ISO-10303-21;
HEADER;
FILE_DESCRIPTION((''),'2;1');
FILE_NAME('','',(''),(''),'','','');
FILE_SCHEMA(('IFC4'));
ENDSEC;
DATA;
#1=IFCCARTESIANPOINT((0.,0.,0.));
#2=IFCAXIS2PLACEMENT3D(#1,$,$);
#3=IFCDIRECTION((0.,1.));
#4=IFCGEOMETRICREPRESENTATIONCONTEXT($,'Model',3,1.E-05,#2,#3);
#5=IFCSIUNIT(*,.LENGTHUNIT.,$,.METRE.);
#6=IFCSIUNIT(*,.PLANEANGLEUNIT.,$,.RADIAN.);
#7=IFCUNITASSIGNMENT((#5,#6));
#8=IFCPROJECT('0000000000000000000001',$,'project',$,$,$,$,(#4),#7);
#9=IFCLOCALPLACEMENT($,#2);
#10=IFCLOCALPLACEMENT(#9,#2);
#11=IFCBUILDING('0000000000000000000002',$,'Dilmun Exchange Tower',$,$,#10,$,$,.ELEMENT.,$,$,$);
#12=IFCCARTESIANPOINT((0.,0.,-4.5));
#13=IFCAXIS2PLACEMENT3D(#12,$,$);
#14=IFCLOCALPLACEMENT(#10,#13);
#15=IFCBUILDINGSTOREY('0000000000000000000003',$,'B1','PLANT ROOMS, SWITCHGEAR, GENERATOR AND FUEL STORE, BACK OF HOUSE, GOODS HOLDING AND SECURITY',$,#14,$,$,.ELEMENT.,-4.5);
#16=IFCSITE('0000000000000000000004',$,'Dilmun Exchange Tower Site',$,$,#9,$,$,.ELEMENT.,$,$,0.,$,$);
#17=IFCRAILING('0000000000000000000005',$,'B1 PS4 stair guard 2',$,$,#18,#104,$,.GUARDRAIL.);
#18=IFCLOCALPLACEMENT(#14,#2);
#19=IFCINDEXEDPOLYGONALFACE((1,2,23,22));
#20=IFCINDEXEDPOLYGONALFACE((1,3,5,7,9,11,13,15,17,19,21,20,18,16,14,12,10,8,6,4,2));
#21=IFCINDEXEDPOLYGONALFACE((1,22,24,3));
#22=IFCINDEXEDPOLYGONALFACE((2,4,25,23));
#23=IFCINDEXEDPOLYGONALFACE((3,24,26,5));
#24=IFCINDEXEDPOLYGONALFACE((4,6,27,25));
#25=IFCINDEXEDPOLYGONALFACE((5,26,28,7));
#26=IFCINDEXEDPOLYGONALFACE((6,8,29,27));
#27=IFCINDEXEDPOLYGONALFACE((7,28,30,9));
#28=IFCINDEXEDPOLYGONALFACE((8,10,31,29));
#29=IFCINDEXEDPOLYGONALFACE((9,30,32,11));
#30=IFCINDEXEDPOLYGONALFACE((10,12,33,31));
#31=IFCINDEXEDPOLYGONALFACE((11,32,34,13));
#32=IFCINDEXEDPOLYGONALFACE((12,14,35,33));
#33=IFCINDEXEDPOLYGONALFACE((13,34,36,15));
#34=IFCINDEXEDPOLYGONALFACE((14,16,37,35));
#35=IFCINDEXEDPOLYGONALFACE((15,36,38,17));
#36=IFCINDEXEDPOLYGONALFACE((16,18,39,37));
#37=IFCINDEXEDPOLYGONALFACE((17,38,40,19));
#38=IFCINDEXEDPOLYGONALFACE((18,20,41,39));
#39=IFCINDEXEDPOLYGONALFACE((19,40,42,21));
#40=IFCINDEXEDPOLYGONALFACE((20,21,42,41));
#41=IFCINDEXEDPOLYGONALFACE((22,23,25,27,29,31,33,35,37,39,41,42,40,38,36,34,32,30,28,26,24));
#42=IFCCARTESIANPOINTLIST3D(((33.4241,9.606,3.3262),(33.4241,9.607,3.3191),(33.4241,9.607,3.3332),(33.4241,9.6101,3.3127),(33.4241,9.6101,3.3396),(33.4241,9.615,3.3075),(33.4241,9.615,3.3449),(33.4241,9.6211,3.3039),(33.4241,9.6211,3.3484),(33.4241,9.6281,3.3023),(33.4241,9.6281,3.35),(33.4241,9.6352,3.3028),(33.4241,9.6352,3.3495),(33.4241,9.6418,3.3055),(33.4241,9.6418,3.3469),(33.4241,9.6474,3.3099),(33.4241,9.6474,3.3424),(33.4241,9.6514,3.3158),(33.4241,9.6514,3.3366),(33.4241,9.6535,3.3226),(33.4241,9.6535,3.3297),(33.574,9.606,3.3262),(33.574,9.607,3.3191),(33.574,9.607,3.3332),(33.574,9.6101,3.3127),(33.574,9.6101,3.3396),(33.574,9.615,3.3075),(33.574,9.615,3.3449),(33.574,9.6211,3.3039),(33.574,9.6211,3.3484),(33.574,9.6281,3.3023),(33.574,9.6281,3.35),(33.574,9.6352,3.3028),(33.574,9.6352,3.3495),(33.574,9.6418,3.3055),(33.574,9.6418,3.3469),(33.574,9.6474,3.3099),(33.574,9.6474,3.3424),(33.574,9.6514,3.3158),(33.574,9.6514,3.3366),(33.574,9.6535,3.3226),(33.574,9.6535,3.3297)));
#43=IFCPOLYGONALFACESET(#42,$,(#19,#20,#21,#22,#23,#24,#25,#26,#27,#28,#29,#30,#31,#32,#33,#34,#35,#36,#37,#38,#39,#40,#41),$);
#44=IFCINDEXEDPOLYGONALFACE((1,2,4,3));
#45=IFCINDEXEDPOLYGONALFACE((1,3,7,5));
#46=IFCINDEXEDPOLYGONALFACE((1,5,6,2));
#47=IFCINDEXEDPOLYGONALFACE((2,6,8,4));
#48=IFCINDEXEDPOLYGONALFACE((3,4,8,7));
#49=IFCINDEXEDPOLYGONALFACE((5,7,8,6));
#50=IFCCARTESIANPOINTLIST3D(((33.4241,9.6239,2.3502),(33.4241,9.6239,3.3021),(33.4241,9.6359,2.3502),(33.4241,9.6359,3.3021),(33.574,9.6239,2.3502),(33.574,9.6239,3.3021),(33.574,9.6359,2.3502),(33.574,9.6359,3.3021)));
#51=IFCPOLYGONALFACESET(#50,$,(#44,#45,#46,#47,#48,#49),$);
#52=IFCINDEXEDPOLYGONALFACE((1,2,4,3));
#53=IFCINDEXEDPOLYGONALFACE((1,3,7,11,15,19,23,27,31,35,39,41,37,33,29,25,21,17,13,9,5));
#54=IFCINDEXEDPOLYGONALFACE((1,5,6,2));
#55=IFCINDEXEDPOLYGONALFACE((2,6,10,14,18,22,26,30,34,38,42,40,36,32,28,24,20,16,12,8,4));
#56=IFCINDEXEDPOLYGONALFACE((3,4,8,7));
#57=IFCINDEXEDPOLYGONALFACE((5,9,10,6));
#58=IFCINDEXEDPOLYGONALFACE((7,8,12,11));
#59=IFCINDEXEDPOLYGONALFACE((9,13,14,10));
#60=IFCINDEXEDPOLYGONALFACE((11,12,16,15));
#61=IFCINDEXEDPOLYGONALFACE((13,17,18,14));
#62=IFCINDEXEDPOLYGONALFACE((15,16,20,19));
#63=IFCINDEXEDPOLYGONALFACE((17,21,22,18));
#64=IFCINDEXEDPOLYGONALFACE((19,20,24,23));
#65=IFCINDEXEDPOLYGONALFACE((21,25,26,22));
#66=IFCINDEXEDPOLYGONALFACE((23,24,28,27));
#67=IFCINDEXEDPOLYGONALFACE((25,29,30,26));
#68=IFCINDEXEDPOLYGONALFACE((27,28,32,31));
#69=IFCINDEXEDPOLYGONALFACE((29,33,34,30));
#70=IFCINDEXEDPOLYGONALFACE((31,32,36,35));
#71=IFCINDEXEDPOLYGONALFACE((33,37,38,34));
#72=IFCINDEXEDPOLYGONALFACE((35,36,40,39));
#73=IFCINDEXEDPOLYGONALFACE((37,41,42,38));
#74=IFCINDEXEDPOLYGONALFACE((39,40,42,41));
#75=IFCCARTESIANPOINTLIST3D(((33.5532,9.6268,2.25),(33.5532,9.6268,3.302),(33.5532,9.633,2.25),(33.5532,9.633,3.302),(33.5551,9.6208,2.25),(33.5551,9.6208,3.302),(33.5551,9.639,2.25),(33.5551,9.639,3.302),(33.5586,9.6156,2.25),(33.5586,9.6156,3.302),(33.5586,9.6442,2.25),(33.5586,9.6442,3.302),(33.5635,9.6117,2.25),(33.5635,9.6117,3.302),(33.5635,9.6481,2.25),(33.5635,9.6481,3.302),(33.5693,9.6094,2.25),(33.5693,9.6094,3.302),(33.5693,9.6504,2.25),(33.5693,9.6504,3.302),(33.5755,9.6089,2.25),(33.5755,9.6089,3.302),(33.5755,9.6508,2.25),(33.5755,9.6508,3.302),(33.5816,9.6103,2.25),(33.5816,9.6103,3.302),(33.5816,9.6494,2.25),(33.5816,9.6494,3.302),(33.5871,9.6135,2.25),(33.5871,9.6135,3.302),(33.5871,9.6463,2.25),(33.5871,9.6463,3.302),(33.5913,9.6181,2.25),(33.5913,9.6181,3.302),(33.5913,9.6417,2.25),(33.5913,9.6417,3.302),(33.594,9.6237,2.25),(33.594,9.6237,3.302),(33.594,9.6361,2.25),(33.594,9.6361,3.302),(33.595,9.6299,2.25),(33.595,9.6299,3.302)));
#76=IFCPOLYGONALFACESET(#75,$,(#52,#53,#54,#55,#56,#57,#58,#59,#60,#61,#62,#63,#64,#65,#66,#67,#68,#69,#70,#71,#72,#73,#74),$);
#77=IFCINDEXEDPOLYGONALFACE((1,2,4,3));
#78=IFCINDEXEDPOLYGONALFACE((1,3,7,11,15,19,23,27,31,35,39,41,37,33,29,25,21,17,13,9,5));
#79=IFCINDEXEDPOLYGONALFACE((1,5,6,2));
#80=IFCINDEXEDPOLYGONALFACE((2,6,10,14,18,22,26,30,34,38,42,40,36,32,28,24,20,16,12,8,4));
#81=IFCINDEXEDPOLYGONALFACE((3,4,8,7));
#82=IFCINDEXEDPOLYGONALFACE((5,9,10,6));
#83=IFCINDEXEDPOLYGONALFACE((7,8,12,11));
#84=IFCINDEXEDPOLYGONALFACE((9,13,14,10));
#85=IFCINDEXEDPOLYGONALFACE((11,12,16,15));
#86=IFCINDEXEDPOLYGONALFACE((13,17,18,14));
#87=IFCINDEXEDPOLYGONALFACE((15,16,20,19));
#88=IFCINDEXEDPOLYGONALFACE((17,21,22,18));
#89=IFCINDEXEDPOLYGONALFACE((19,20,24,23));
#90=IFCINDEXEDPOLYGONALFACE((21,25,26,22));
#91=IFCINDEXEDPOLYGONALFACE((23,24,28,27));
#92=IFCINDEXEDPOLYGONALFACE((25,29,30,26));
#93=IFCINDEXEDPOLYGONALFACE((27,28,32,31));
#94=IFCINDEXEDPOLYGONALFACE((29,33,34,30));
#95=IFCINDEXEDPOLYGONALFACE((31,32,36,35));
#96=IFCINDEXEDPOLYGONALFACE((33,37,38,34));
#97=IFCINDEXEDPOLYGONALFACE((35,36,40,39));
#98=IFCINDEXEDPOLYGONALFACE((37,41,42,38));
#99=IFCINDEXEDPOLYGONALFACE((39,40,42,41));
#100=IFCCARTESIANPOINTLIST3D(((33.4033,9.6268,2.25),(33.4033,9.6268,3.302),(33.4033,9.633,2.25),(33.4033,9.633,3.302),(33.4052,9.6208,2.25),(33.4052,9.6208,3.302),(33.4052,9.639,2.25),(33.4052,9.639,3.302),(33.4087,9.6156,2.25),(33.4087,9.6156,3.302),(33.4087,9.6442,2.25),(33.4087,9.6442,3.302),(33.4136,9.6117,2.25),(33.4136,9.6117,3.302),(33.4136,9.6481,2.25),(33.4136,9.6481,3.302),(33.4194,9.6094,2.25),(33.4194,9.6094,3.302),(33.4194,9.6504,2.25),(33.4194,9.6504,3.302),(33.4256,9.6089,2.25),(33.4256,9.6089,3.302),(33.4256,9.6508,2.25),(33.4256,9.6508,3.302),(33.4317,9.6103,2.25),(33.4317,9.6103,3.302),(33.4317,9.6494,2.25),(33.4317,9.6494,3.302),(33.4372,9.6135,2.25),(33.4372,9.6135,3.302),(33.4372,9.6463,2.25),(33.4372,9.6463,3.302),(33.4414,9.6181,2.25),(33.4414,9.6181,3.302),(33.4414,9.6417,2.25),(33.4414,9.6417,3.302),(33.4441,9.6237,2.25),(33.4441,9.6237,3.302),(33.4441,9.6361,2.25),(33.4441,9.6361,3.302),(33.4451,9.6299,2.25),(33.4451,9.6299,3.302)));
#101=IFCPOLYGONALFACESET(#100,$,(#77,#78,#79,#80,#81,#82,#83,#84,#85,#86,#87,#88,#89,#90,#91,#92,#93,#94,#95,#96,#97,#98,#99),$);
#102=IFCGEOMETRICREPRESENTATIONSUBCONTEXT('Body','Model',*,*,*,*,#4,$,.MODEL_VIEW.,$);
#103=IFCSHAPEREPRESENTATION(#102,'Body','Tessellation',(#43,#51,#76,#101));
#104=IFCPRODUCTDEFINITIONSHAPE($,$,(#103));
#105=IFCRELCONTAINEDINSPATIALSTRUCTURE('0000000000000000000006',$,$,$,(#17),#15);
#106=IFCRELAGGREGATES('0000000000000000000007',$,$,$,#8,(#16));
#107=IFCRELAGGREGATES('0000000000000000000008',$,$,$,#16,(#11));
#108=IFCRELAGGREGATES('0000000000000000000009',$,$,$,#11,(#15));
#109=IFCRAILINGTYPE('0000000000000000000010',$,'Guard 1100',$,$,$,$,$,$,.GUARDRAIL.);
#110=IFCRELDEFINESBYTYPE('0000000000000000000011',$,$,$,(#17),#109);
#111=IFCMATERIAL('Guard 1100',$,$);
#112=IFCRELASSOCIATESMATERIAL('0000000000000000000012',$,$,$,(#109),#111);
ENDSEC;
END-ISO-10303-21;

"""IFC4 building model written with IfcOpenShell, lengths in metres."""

from ifc_helpers import new_model, si_unit, direction, frame, origin, origin_2d, place, context, subcontext, project, spatial, rectangle, circle, extrude, material, type_object, element, save


model = new_model("IFC4")

# Units and contexts
model_context = context("Model", 3, precision=1e-05, world=origin(), true_north=direction((0.0, 1.0)))
body_context = subcontext(model_context, "Body", "Model", "MODEL_VIEW")
ifc_project = project(units=[si_unit("LENGTHUNIT", "METRE"), si_unit("PLANEANGLEUNIT", "RADIAN")], contexts=[model_context])

# Site, building, storey
site_placement = place(None, origin())
site = spatial("IfcSite", under=ifc_project, at=site_placement, Name="Dilmun Exchange Tower Site", CompositionType="ELEMENT", RefElevation=0.0)
building_placement = place(site_placement, origin())
building = spatial("IfcBuilding", under=site, at=building_placement, Name="Dilmun Exchange Tower", CompositionType="ELEMENT")
storey_placement = place(building_placement, frame((0.0, 0.0, -4.5)))
storey = spatial("IfcBuildingStorey", under=building, at=storey_placement, Name="B1", Description="PLANT ROOMS, SWITCHGEAR, GENERATOR AND FUEL STORE, BACK OF HOUSE, GOODS HOLDING AND SECURITY", CompositionType="ELEMENT", Elevation=-4.5)

# Railing
ifc_material_1 = material(Name="Guard 1100")
railing_type_1 = type_object("IfcRailingType", Name="Guard 1100", PredefinedType="GUARDRAIL", material=ifc_material_1)
railing_1_placement = place(storey_placement, frame((33.574, 9.6299, 2.25)))
element("IfcRailing", 1, at=railing_1_placement, inside=storey, type_object=railing_type_1, Name="B1 PS4 stair guard 2", PredefinedType="GUARDRAIL", context=body_context, shape_type="SweptSolid", body=[
    extrude(circle(Radius=0.0239, at=origin_2d()), frame((0.0, 0.0, 1.0762), z_axis=(-1.0, 0.0, 0.0), x_axis=(0.0, -1.0, 0.0)), (0.0, 0.0, 1.0), 0.1499),
    extrude(rectangle(XDim=0.012, YDim=0.9519, at=origin_2d()), frame((0.0, 0.0, 0.5762), z_axis=(-1.0, 0.0, 0.0), x_axis=(0.0, -1.0, 0.0)), (0.0, 0.0, 1.0), 0.1499),
    extrude(circle(Radius=0.021, at=origin_2d()), origin(), (0.0, 0.0, 1.0), 1.052),
    extrude(circle(Radius=0.021, at=origin_2d()), frame((-0.1499, 0.0, 0.0)), (0.0, 0.0, 1.0), 1.052),
])

save(model, "model.ifc")
